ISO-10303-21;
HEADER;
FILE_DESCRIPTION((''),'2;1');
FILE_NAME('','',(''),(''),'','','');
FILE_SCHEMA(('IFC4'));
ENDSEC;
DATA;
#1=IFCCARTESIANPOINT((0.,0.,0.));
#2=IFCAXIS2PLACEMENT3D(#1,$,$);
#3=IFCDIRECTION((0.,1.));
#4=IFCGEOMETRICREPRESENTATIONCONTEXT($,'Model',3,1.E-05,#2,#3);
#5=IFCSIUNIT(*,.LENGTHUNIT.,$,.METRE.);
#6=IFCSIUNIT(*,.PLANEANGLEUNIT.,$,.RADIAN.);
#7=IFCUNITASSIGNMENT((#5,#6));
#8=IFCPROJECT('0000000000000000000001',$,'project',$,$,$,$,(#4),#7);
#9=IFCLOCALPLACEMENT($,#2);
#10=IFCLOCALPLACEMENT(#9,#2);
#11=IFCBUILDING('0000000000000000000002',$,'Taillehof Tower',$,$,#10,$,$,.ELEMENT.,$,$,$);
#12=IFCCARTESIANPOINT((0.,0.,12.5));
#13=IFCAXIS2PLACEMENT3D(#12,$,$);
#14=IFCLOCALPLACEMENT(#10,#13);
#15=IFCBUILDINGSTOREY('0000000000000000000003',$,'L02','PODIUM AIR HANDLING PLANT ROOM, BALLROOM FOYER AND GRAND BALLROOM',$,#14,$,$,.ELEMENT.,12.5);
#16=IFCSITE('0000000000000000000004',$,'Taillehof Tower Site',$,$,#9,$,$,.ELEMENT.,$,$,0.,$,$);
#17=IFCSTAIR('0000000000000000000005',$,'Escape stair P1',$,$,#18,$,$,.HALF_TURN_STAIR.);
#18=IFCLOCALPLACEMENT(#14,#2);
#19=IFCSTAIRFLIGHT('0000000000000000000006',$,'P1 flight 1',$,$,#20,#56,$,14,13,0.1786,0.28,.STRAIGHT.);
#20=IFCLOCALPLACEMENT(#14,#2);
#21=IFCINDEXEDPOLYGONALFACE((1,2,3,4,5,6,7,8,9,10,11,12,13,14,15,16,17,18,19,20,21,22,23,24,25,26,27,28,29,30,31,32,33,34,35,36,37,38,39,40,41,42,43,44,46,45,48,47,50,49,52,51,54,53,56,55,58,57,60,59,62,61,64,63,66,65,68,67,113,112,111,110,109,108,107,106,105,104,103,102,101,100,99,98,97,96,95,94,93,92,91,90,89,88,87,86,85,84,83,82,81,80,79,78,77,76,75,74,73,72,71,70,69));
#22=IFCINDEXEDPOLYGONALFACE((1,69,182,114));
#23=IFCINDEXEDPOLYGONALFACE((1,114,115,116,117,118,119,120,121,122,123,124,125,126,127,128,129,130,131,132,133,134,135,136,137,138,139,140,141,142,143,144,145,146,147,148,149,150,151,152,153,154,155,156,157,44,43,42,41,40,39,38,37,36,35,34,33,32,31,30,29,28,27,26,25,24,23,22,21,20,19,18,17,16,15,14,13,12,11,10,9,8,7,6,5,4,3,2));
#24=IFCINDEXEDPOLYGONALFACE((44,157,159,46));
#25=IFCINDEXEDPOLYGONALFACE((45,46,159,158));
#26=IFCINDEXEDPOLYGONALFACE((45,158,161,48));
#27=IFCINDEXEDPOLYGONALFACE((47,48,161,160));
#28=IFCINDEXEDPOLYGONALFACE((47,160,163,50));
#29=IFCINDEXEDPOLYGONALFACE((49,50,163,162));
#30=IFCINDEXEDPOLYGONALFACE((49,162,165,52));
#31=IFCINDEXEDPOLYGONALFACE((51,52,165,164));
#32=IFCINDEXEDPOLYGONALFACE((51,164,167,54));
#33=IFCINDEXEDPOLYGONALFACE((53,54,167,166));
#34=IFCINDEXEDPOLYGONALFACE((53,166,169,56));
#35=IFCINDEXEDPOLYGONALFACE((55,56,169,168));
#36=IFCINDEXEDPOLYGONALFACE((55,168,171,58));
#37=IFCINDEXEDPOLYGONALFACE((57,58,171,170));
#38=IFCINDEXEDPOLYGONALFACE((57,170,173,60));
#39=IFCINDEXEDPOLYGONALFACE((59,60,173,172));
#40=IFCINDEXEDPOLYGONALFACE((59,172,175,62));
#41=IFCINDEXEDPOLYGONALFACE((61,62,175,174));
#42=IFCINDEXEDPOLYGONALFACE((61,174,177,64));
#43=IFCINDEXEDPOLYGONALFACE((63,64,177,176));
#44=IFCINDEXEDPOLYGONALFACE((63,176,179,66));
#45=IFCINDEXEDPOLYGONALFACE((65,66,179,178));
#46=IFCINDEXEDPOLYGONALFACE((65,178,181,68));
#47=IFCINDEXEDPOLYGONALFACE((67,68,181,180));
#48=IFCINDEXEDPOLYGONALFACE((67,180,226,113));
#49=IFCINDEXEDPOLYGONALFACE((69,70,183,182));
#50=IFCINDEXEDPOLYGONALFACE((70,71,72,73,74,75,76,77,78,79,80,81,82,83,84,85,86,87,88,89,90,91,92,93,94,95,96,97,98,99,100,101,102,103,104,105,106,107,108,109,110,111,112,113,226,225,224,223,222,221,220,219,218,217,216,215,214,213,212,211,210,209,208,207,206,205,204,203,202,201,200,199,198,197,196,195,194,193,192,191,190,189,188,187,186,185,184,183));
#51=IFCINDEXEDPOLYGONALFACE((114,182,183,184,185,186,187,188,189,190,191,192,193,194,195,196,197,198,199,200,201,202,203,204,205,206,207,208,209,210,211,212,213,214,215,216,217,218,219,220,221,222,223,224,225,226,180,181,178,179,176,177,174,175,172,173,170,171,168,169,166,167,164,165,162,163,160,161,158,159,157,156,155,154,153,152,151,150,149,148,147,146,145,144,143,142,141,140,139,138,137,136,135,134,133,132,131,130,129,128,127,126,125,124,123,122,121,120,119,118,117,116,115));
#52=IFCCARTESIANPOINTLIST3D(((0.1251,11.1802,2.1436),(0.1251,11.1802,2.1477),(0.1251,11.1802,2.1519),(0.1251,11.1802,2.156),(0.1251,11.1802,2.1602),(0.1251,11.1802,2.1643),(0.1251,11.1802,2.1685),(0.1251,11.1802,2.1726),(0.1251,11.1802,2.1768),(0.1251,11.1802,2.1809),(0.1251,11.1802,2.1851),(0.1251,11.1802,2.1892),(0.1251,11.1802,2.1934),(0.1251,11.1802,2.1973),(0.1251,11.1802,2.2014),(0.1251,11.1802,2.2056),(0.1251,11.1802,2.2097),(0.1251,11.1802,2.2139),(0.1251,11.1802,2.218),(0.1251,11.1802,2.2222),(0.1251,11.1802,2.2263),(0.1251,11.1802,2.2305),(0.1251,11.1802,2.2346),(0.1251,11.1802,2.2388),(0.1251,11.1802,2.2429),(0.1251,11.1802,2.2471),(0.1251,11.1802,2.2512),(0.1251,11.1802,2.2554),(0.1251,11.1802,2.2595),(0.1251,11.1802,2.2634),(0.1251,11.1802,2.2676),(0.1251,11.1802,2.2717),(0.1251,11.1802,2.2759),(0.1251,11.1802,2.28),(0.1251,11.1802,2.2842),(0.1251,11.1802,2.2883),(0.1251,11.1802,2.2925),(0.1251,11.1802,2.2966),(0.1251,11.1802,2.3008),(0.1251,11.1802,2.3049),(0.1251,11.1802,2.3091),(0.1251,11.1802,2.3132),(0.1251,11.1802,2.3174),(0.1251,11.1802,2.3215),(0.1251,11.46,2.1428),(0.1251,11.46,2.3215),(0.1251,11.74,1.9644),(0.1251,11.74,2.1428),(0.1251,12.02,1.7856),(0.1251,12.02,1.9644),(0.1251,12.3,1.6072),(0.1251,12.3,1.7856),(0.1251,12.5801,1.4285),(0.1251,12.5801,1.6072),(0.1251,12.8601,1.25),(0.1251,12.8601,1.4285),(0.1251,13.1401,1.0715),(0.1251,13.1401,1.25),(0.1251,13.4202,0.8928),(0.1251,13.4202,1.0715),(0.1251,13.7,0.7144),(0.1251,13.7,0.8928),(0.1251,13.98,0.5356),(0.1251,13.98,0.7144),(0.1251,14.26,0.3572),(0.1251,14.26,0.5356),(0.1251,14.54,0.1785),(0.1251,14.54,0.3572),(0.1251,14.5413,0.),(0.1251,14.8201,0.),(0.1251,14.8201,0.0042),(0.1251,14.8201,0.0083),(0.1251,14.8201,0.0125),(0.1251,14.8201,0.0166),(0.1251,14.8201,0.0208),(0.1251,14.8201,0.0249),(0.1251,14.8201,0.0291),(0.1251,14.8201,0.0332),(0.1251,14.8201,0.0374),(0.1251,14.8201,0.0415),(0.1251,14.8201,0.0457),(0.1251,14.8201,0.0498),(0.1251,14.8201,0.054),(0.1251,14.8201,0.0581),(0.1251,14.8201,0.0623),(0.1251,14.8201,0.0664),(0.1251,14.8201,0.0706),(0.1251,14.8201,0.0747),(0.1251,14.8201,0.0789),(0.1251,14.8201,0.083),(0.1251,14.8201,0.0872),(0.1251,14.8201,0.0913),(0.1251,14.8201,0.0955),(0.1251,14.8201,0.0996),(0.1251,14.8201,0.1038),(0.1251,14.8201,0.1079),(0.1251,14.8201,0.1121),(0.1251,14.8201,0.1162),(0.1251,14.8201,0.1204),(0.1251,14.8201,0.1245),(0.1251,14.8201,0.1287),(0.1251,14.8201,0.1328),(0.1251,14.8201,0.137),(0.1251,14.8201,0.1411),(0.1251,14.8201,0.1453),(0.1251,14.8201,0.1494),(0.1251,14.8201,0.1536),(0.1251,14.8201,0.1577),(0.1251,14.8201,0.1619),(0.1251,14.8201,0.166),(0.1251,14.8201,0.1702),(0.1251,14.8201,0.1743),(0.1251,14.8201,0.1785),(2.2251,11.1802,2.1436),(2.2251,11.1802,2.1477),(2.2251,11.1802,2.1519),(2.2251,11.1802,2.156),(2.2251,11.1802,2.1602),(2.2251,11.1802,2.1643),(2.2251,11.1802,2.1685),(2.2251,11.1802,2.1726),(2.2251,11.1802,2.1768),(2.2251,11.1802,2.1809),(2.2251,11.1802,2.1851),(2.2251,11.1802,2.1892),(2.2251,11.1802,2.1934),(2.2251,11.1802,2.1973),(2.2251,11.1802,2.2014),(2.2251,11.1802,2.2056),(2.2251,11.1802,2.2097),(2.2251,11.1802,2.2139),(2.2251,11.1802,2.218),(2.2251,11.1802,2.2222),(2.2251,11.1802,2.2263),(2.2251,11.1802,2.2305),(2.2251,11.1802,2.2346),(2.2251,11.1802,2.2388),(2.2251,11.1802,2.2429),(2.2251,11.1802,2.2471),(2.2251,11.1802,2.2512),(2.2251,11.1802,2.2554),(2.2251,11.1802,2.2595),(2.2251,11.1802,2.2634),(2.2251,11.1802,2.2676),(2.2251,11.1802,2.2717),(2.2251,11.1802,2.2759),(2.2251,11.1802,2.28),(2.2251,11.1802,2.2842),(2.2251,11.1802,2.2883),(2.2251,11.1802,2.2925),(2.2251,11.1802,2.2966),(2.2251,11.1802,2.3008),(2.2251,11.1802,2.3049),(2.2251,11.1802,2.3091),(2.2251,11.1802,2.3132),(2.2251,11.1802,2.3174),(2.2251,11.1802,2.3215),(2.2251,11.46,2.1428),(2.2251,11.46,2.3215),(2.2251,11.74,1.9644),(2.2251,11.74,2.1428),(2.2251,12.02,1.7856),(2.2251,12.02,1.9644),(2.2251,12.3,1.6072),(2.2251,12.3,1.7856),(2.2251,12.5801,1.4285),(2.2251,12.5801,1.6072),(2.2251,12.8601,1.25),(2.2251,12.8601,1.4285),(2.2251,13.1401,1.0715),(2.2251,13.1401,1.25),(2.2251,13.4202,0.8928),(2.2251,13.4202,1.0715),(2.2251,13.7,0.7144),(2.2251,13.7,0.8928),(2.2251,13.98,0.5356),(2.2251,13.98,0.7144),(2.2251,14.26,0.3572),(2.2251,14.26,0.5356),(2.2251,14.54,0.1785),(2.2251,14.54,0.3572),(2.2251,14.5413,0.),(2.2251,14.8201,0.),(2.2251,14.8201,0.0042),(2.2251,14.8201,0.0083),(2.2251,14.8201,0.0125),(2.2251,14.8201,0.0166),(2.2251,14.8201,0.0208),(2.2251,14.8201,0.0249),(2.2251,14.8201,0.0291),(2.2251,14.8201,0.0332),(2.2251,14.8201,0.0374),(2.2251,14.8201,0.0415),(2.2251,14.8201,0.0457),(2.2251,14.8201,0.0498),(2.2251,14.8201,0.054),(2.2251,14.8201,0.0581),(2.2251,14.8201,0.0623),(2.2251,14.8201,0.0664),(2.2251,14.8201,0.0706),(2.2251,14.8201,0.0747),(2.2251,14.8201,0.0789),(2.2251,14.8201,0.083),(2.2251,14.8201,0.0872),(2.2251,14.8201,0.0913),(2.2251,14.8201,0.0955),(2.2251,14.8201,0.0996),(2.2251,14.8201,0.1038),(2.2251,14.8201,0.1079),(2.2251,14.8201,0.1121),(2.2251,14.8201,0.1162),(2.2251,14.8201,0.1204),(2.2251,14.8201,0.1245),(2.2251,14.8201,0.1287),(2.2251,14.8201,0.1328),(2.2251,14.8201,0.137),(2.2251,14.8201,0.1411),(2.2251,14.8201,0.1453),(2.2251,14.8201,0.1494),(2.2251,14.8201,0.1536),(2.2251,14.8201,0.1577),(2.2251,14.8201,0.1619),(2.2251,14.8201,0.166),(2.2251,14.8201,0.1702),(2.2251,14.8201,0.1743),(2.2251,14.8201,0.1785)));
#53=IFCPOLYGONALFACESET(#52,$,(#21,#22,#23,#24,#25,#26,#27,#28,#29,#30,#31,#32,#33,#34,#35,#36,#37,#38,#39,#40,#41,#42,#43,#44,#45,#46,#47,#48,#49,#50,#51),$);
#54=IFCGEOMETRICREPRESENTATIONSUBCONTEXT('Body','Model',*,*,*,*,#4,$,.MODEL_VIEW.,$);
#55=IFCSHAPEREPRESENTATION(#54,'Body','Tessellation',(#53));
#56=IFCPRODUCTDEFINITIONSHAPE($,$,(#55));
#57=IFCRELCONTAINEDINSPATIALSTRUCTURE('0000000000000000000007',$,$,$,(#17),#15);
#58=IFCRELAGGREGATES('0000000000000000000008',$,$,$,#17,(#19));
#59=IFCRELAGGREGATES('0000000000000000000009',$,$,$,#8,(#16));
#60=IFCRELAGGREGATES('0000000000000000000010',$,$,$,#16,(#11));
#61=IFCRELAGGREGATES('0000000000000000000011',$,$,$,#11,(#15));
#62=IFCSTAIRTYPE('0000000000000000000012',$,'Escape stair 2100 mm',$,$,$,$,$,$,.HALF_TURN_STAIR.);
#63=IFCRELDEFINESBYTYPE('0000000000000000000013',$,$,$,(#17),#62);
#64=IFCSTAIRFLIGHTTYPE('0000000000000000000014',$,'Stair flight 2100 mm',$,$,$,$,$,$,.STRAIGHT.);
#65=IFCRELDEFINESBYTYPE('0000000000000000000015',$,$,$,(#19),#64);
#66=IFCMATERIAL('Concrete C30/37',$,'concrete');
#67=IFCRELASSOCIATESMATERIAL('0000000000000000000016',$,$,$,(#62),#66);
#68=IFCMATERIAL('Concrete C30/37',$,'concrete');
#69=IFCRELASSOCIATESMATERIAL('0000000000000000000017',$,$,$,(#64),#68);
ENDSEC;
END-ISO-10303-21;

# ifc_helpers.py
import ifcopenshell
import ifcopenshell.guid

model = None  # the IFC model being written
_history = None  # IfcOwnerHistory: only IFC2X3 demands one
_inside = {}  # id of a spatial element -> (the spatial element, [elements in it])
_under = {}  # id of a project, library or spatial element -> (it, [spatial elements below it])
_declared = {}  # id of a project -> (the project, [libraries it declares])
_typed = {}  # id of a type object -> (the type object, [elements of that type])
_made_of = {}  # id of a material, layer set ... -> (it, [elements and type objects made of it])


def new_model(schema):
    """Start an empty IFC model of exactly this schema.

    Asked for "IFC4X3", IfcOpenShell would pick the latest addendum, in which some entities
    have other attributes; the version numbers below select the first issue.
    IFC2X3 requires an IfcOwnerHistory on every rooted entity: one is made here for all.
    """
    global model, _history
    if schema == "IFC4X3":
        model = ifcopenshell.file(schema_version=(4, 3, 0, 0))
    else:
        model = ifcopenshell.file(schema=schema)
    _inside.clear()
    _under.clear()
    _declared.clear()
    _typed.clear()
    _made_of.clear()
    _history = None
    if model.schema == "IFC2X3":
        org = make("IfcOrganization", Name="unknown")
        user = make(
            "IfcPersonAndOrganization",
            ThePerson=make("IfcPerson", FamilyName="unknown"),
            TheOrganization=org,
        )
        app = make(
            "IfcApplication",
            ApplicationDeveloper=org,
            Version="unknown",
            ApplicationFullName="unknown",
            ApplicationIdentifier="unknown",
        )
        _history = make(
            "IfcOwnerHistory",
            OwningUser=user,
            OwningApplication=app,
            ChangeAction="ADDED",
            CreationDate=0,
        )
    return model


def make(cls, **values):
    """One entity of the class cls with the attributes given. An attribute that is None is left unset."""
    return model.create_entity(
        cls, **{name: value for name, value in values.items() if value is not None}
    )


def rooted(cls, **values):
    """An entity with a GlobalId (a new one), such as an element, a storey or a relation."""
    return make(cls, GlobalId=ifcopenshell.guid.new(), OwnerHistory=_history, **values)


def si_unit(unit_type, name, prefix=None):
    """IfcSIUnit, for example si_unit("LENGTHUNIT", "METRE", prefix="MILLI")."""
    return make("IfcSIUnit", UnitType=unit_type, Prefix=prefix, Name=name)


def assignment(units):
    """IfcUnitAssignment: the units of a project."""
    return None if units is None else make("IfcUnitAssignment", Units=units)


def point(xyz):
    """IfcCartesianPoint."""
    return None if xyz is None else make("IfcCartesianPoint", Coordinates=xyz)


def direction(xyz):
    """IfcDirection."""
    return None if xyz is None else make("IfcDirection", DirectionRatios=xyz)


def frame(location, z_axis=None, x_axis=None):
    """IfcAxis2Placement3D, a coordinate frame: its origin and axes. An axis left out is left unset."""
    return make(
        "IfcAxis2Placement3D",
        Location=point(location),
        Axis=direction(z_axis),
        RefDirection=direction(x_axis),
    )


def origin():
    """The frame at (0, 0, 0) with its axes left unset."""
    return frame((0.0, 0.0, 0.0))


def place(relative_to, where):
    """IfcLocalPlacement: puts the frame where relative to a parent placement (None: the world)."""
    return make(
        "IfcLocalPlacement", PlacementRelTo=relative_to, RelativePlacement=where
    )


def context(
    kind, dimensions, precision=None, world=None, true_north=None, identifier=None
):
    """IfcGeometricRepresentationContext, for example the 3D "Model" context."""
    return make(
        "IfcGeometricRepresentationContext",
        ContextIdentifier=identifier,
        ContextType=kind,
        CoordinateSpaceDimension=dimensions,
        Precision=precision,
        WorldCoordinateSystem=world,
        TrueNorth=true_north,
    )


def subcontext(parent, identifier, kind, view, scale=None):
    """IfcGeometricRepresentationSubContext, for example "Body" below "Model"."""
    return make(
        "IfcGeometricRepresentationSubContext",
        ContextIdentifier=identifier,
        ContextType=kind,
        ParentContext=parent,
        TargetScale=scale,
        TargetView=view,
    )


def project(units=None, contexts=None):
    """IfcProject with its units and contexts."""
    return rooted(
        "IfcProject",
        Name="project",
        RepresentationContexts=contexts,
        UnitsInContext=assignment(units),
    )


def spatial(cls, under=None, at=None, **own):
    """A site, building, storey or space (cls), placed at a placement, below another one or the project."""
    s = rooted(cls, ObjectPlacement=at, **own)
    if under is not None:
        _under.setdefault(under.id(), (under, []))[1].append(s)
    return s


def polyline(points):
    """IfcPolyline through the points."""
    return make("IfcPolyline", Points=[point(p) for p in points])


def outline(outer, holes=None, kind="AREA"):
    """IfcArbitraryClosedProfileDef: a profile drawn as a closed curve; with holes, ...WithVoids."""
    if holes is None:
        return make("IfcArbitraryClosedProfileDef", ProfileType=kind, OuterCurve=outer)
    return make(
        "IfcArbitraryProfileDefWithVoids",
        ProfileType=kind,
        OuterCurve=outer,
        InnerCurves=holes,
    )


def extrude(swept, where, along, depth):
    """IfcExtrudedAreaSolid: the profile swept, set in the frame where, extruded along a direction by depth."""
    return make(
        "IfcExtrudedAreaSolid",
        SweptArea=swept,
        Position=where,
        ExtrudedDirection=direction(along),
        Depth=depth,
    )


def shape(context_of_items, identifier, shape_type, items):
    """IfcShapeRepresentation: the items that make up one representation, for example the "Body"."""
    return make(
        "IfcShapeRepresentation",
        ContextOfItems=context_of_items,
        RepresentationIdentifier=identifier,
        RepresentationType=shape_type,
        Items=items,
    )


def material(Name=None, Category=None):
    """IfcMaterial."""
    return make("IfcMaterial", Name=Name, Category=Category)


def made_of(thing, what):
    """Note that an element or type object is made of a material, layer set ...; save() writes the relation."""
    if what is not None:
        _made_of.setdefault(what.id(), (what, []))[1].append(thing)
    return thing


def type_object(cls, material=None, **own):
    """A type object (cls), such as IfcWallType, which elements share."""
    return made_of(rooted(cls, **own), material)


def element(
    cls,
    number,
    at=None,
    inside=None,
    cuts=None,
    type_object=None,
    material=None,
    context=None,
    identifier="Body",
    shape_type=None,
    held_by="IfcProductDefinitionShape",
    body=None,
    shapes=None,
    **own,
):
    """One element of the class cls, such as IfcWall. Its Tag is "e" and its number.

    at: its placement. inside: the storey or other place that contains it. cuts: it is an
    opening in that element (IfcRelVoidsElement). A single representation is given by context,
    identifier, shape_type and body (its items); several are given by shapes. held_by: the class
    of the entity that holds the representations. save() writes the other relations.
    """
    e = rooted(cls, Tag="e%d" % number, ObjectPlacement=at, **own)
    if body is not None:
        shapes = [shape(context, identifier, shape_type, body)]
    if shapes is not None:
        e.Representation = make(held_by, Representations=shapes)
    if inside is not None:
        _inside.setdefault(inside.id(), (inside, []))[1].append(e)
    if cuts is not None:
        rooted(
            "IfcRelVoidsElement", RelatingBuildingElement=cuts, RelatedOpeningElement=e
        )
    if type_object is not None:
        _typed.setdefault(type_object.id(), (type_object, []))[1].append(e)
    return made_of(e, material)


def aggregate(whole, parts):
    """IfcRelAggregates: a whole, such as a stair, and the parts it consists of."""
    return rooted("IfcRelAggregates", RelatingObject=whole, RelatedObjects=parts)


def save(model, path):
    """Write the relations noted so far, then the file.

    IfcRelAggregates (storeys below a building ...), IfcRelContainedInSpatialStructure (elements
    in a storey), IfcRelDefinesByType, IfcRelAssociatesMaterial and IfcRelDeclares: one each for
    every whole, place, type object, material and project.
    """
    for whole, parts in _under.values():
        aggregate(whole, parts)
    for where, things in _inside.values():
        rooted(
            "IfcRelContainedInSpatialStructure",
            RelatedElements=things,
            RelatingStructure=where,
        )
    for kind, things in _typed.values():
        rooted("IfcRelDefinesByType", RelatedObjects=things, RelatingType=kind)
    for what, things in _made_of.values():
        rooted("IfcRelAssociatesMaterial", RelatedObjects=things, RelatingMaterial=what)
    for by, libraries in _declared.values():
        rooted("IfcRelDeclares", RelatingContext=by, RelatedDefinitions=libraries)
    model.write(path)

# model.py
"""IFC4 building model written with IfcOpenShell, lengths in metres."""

from ifc_helpers import new_model, si_unit, direction, frame, origin, place, context, subcontext, project, spatial, polyline, outline, extrude, material, type_object, element, aggregate, save


model = new_model("IFC4")

# Units and contexts
model_context = context("Model", 3, precision=1e-05, world=origin(), true_north=direction((0.0, 1.0)))
body_context = subcontext(model_context, "Body", "Model", "MODEL_VIEW")
ifc_project = project(units=[si_unit("LENGTHUNIT", "METRE"), si_unit("PLANEANGLEUNIT", "RADIAN")], contexts=[model_context])

# Site, building, storey
site_placement = place(None, origin())
site = spatial("IfcSite", under=ifc_project, at=site_placement, Name="Taillehof Tower Site", CompositionType="ELEMENT", RefElevation=0.0)
building_placement = place(site_placement, origin())
building = spatial("IfcBuilding", under=site, at=building_placement, Name="Taillehof Tower", CompositionType="ELEMENT")
storey_placement = place(building_placement, frame((0.0, 0.0, 12.5)))
storey = spatial("IfcBuildingStorey", under=building, at=storey_placement, Name="L02", Description="PODIUM AIR HANDLING PLANT ROOM, BALLROOM FOYER AND GRAND BALLROOM", CompositionType="ELEMENT", Elevation=12.5)

# Stair, stair flight
ifc_material_1 = material(Name="Concrete C30/37", Category="concrete")
stair_type_1 = type_object("IfcStairType", Name="Escape stair 2100 mm", PredefinedType="HALF_TURN_STAIR", material=ifc_material_1)
stair_1_placement = place(storey_placement, origin())
stair_1 = element("IfcStair", 1, at=stair_1_placement, inside=storey, type_object=stair_type_1, Name="Escape stair P1", PredefinedType="HALF_TURN_STAIR")
ifc_material_2 = material(Name="Concrete C30/37", Category="concrete")
stair_flight_type_1 = type_object("IfcStairFlightType", Name="Stair flight 2100 mm", PredefinedType="STRAIGHT", material=ifc_material_2)
stair_flight_1_placement = place(storey_placement, frame((1.175, 14.8201, 0.0), z_axis=(0.0, 0.0, 1.0), x_axis=(0.0, -1.0, 0.0)))
stair_flight_1 = element("IfcStairFlight", 2, at=stair_flight_1_placement, type_object=stair_flight_type_1, Name="P1 flight 1", NumberOfRisers=14, NumberOfTreads=13, PredefinedType="STRAIGHT", RiserHeight=0.1786, TreadLength=0.28, context=body_context, shape_type="SweptSolid", body=[
    extrude(outline(polyline([(0.0, 0.0), (0.0, 0.0042), (0.0, 0.0083), (0.0, 0.0125), (0.0, 0.0166), (0.0, 0.0208), (0.0, 0.0249), (0.0, 0.0291), (0.0, 0.0332), (0.0, 0.0374), (0.0, 0.0415), (0.0, 0.0457), (0.0, 0.0498), (0.0, 0.054), (0.0, 0.0581), (0.0, 0.0623), (0.0, 0.0664), (0.0, 0.0706), (0.0, 0.0747), (0.0, 0.0789), (0.0, 0.083), (0.0, 0.0872), (0.0, 0.0913), (0.0, 0.0955), (0.0, 0.0996), (0.0, 0.1038), (0.0, 0.1079), (0.0, 0.1121), (0.0, 0.1162), (0.0, 0.1204), (0.0, 0.1245), (0.0, 0.1287), (0.0, 0.1328), (0.0, 0.137), (0.0, 0.1411), (0.0, 0.1453), (0.0, 0.1494), (0.0, 0.1536), (0.0, 0.1577), (0.0, 0.1619), (0.0, 0.166), (0.0, 0.1702), (0.0, 0.1743), (0.0, 0.1785), (0.28, 0.1785), (0.28, 0.3572), (0.5601, 0.3572), (0.5601, 0.5356), (0.8401, 0.5356), (0.8401, 0.7144), (1.1201, 0.7144), (1.1201, 0.8928), (1.3999, 0.8928), (1.3999, 1.0715), (1.6799, 1.0715), (1.6799, 1.25), (1.96, 1.25), (1.96, 1.4285), (2.24, 1.4285), (2.24, 1.6072), (2.52, 1.6072), (2.52, 1.7856), (2.8, 1.7856), (2.8, 1.9644), (3.0801, 1.9644), (3.0801, 2.1428), (3.3601, 2.1428), (3.3601, 2.3215), (3.6399, 2.3215), (3.6399, 2.3174), (3.6399, 2.3132), (3.6399, 2.3091), (3.6399, 2.3049), (3.6399, 2.3008), (3.6399, 2.2966), (3.6399, 2.2925), (3.6399, 2.2883), (3.6399, 2.2842), (3.6399, 2.28), (3.6399, 2.2759), (3.6399, 2.2717), (3.6399, 2.2676), (3.6399, 2.2634), (3.6399, 2.2595), (3.6399, 2.2554), (3.6399, 2.2512), (3.6399, 2.2471), (3.6399, 2.2429), (3.6399, 2.2388), (3.6399, 2.2346), (3.6399, 2.2305), (3.6399, 2.2263), (3.6399, 2.2222), (3.6399, 2.218), (3.6399, 2.2139), (3.6399, 2.2097), (3.6399, 2.2056), (3.6399, 2.2014), (3.6399, 2.1973), (3.6399, 2.1934), (3.6399, 2.1892), (3.6399, 2.1851), (3.6399, 2.1809), (3.6399, 2.1768), (3.6399, 2.1726), (3.6399, 2.1685), (3.6399, 2.1643), (3.6399, 2.1602), (3.6399, 2.156), (3.6399, 2.1519), (3.6399, 2.1477), (3.6399, 2.1436), (0.2788, 0.0), (0.0, 0.0)])), frame((0.0, 1.05, 0.0), z_axis=(0.0, -1.0, 0.0), x_axis=(1.0, 0.0, 0.0)), (0.0, 0.0, 1.0), 2.1),
])
aggregate(stair_1, [stair_flight_1])

save(model, "model.ifc")
